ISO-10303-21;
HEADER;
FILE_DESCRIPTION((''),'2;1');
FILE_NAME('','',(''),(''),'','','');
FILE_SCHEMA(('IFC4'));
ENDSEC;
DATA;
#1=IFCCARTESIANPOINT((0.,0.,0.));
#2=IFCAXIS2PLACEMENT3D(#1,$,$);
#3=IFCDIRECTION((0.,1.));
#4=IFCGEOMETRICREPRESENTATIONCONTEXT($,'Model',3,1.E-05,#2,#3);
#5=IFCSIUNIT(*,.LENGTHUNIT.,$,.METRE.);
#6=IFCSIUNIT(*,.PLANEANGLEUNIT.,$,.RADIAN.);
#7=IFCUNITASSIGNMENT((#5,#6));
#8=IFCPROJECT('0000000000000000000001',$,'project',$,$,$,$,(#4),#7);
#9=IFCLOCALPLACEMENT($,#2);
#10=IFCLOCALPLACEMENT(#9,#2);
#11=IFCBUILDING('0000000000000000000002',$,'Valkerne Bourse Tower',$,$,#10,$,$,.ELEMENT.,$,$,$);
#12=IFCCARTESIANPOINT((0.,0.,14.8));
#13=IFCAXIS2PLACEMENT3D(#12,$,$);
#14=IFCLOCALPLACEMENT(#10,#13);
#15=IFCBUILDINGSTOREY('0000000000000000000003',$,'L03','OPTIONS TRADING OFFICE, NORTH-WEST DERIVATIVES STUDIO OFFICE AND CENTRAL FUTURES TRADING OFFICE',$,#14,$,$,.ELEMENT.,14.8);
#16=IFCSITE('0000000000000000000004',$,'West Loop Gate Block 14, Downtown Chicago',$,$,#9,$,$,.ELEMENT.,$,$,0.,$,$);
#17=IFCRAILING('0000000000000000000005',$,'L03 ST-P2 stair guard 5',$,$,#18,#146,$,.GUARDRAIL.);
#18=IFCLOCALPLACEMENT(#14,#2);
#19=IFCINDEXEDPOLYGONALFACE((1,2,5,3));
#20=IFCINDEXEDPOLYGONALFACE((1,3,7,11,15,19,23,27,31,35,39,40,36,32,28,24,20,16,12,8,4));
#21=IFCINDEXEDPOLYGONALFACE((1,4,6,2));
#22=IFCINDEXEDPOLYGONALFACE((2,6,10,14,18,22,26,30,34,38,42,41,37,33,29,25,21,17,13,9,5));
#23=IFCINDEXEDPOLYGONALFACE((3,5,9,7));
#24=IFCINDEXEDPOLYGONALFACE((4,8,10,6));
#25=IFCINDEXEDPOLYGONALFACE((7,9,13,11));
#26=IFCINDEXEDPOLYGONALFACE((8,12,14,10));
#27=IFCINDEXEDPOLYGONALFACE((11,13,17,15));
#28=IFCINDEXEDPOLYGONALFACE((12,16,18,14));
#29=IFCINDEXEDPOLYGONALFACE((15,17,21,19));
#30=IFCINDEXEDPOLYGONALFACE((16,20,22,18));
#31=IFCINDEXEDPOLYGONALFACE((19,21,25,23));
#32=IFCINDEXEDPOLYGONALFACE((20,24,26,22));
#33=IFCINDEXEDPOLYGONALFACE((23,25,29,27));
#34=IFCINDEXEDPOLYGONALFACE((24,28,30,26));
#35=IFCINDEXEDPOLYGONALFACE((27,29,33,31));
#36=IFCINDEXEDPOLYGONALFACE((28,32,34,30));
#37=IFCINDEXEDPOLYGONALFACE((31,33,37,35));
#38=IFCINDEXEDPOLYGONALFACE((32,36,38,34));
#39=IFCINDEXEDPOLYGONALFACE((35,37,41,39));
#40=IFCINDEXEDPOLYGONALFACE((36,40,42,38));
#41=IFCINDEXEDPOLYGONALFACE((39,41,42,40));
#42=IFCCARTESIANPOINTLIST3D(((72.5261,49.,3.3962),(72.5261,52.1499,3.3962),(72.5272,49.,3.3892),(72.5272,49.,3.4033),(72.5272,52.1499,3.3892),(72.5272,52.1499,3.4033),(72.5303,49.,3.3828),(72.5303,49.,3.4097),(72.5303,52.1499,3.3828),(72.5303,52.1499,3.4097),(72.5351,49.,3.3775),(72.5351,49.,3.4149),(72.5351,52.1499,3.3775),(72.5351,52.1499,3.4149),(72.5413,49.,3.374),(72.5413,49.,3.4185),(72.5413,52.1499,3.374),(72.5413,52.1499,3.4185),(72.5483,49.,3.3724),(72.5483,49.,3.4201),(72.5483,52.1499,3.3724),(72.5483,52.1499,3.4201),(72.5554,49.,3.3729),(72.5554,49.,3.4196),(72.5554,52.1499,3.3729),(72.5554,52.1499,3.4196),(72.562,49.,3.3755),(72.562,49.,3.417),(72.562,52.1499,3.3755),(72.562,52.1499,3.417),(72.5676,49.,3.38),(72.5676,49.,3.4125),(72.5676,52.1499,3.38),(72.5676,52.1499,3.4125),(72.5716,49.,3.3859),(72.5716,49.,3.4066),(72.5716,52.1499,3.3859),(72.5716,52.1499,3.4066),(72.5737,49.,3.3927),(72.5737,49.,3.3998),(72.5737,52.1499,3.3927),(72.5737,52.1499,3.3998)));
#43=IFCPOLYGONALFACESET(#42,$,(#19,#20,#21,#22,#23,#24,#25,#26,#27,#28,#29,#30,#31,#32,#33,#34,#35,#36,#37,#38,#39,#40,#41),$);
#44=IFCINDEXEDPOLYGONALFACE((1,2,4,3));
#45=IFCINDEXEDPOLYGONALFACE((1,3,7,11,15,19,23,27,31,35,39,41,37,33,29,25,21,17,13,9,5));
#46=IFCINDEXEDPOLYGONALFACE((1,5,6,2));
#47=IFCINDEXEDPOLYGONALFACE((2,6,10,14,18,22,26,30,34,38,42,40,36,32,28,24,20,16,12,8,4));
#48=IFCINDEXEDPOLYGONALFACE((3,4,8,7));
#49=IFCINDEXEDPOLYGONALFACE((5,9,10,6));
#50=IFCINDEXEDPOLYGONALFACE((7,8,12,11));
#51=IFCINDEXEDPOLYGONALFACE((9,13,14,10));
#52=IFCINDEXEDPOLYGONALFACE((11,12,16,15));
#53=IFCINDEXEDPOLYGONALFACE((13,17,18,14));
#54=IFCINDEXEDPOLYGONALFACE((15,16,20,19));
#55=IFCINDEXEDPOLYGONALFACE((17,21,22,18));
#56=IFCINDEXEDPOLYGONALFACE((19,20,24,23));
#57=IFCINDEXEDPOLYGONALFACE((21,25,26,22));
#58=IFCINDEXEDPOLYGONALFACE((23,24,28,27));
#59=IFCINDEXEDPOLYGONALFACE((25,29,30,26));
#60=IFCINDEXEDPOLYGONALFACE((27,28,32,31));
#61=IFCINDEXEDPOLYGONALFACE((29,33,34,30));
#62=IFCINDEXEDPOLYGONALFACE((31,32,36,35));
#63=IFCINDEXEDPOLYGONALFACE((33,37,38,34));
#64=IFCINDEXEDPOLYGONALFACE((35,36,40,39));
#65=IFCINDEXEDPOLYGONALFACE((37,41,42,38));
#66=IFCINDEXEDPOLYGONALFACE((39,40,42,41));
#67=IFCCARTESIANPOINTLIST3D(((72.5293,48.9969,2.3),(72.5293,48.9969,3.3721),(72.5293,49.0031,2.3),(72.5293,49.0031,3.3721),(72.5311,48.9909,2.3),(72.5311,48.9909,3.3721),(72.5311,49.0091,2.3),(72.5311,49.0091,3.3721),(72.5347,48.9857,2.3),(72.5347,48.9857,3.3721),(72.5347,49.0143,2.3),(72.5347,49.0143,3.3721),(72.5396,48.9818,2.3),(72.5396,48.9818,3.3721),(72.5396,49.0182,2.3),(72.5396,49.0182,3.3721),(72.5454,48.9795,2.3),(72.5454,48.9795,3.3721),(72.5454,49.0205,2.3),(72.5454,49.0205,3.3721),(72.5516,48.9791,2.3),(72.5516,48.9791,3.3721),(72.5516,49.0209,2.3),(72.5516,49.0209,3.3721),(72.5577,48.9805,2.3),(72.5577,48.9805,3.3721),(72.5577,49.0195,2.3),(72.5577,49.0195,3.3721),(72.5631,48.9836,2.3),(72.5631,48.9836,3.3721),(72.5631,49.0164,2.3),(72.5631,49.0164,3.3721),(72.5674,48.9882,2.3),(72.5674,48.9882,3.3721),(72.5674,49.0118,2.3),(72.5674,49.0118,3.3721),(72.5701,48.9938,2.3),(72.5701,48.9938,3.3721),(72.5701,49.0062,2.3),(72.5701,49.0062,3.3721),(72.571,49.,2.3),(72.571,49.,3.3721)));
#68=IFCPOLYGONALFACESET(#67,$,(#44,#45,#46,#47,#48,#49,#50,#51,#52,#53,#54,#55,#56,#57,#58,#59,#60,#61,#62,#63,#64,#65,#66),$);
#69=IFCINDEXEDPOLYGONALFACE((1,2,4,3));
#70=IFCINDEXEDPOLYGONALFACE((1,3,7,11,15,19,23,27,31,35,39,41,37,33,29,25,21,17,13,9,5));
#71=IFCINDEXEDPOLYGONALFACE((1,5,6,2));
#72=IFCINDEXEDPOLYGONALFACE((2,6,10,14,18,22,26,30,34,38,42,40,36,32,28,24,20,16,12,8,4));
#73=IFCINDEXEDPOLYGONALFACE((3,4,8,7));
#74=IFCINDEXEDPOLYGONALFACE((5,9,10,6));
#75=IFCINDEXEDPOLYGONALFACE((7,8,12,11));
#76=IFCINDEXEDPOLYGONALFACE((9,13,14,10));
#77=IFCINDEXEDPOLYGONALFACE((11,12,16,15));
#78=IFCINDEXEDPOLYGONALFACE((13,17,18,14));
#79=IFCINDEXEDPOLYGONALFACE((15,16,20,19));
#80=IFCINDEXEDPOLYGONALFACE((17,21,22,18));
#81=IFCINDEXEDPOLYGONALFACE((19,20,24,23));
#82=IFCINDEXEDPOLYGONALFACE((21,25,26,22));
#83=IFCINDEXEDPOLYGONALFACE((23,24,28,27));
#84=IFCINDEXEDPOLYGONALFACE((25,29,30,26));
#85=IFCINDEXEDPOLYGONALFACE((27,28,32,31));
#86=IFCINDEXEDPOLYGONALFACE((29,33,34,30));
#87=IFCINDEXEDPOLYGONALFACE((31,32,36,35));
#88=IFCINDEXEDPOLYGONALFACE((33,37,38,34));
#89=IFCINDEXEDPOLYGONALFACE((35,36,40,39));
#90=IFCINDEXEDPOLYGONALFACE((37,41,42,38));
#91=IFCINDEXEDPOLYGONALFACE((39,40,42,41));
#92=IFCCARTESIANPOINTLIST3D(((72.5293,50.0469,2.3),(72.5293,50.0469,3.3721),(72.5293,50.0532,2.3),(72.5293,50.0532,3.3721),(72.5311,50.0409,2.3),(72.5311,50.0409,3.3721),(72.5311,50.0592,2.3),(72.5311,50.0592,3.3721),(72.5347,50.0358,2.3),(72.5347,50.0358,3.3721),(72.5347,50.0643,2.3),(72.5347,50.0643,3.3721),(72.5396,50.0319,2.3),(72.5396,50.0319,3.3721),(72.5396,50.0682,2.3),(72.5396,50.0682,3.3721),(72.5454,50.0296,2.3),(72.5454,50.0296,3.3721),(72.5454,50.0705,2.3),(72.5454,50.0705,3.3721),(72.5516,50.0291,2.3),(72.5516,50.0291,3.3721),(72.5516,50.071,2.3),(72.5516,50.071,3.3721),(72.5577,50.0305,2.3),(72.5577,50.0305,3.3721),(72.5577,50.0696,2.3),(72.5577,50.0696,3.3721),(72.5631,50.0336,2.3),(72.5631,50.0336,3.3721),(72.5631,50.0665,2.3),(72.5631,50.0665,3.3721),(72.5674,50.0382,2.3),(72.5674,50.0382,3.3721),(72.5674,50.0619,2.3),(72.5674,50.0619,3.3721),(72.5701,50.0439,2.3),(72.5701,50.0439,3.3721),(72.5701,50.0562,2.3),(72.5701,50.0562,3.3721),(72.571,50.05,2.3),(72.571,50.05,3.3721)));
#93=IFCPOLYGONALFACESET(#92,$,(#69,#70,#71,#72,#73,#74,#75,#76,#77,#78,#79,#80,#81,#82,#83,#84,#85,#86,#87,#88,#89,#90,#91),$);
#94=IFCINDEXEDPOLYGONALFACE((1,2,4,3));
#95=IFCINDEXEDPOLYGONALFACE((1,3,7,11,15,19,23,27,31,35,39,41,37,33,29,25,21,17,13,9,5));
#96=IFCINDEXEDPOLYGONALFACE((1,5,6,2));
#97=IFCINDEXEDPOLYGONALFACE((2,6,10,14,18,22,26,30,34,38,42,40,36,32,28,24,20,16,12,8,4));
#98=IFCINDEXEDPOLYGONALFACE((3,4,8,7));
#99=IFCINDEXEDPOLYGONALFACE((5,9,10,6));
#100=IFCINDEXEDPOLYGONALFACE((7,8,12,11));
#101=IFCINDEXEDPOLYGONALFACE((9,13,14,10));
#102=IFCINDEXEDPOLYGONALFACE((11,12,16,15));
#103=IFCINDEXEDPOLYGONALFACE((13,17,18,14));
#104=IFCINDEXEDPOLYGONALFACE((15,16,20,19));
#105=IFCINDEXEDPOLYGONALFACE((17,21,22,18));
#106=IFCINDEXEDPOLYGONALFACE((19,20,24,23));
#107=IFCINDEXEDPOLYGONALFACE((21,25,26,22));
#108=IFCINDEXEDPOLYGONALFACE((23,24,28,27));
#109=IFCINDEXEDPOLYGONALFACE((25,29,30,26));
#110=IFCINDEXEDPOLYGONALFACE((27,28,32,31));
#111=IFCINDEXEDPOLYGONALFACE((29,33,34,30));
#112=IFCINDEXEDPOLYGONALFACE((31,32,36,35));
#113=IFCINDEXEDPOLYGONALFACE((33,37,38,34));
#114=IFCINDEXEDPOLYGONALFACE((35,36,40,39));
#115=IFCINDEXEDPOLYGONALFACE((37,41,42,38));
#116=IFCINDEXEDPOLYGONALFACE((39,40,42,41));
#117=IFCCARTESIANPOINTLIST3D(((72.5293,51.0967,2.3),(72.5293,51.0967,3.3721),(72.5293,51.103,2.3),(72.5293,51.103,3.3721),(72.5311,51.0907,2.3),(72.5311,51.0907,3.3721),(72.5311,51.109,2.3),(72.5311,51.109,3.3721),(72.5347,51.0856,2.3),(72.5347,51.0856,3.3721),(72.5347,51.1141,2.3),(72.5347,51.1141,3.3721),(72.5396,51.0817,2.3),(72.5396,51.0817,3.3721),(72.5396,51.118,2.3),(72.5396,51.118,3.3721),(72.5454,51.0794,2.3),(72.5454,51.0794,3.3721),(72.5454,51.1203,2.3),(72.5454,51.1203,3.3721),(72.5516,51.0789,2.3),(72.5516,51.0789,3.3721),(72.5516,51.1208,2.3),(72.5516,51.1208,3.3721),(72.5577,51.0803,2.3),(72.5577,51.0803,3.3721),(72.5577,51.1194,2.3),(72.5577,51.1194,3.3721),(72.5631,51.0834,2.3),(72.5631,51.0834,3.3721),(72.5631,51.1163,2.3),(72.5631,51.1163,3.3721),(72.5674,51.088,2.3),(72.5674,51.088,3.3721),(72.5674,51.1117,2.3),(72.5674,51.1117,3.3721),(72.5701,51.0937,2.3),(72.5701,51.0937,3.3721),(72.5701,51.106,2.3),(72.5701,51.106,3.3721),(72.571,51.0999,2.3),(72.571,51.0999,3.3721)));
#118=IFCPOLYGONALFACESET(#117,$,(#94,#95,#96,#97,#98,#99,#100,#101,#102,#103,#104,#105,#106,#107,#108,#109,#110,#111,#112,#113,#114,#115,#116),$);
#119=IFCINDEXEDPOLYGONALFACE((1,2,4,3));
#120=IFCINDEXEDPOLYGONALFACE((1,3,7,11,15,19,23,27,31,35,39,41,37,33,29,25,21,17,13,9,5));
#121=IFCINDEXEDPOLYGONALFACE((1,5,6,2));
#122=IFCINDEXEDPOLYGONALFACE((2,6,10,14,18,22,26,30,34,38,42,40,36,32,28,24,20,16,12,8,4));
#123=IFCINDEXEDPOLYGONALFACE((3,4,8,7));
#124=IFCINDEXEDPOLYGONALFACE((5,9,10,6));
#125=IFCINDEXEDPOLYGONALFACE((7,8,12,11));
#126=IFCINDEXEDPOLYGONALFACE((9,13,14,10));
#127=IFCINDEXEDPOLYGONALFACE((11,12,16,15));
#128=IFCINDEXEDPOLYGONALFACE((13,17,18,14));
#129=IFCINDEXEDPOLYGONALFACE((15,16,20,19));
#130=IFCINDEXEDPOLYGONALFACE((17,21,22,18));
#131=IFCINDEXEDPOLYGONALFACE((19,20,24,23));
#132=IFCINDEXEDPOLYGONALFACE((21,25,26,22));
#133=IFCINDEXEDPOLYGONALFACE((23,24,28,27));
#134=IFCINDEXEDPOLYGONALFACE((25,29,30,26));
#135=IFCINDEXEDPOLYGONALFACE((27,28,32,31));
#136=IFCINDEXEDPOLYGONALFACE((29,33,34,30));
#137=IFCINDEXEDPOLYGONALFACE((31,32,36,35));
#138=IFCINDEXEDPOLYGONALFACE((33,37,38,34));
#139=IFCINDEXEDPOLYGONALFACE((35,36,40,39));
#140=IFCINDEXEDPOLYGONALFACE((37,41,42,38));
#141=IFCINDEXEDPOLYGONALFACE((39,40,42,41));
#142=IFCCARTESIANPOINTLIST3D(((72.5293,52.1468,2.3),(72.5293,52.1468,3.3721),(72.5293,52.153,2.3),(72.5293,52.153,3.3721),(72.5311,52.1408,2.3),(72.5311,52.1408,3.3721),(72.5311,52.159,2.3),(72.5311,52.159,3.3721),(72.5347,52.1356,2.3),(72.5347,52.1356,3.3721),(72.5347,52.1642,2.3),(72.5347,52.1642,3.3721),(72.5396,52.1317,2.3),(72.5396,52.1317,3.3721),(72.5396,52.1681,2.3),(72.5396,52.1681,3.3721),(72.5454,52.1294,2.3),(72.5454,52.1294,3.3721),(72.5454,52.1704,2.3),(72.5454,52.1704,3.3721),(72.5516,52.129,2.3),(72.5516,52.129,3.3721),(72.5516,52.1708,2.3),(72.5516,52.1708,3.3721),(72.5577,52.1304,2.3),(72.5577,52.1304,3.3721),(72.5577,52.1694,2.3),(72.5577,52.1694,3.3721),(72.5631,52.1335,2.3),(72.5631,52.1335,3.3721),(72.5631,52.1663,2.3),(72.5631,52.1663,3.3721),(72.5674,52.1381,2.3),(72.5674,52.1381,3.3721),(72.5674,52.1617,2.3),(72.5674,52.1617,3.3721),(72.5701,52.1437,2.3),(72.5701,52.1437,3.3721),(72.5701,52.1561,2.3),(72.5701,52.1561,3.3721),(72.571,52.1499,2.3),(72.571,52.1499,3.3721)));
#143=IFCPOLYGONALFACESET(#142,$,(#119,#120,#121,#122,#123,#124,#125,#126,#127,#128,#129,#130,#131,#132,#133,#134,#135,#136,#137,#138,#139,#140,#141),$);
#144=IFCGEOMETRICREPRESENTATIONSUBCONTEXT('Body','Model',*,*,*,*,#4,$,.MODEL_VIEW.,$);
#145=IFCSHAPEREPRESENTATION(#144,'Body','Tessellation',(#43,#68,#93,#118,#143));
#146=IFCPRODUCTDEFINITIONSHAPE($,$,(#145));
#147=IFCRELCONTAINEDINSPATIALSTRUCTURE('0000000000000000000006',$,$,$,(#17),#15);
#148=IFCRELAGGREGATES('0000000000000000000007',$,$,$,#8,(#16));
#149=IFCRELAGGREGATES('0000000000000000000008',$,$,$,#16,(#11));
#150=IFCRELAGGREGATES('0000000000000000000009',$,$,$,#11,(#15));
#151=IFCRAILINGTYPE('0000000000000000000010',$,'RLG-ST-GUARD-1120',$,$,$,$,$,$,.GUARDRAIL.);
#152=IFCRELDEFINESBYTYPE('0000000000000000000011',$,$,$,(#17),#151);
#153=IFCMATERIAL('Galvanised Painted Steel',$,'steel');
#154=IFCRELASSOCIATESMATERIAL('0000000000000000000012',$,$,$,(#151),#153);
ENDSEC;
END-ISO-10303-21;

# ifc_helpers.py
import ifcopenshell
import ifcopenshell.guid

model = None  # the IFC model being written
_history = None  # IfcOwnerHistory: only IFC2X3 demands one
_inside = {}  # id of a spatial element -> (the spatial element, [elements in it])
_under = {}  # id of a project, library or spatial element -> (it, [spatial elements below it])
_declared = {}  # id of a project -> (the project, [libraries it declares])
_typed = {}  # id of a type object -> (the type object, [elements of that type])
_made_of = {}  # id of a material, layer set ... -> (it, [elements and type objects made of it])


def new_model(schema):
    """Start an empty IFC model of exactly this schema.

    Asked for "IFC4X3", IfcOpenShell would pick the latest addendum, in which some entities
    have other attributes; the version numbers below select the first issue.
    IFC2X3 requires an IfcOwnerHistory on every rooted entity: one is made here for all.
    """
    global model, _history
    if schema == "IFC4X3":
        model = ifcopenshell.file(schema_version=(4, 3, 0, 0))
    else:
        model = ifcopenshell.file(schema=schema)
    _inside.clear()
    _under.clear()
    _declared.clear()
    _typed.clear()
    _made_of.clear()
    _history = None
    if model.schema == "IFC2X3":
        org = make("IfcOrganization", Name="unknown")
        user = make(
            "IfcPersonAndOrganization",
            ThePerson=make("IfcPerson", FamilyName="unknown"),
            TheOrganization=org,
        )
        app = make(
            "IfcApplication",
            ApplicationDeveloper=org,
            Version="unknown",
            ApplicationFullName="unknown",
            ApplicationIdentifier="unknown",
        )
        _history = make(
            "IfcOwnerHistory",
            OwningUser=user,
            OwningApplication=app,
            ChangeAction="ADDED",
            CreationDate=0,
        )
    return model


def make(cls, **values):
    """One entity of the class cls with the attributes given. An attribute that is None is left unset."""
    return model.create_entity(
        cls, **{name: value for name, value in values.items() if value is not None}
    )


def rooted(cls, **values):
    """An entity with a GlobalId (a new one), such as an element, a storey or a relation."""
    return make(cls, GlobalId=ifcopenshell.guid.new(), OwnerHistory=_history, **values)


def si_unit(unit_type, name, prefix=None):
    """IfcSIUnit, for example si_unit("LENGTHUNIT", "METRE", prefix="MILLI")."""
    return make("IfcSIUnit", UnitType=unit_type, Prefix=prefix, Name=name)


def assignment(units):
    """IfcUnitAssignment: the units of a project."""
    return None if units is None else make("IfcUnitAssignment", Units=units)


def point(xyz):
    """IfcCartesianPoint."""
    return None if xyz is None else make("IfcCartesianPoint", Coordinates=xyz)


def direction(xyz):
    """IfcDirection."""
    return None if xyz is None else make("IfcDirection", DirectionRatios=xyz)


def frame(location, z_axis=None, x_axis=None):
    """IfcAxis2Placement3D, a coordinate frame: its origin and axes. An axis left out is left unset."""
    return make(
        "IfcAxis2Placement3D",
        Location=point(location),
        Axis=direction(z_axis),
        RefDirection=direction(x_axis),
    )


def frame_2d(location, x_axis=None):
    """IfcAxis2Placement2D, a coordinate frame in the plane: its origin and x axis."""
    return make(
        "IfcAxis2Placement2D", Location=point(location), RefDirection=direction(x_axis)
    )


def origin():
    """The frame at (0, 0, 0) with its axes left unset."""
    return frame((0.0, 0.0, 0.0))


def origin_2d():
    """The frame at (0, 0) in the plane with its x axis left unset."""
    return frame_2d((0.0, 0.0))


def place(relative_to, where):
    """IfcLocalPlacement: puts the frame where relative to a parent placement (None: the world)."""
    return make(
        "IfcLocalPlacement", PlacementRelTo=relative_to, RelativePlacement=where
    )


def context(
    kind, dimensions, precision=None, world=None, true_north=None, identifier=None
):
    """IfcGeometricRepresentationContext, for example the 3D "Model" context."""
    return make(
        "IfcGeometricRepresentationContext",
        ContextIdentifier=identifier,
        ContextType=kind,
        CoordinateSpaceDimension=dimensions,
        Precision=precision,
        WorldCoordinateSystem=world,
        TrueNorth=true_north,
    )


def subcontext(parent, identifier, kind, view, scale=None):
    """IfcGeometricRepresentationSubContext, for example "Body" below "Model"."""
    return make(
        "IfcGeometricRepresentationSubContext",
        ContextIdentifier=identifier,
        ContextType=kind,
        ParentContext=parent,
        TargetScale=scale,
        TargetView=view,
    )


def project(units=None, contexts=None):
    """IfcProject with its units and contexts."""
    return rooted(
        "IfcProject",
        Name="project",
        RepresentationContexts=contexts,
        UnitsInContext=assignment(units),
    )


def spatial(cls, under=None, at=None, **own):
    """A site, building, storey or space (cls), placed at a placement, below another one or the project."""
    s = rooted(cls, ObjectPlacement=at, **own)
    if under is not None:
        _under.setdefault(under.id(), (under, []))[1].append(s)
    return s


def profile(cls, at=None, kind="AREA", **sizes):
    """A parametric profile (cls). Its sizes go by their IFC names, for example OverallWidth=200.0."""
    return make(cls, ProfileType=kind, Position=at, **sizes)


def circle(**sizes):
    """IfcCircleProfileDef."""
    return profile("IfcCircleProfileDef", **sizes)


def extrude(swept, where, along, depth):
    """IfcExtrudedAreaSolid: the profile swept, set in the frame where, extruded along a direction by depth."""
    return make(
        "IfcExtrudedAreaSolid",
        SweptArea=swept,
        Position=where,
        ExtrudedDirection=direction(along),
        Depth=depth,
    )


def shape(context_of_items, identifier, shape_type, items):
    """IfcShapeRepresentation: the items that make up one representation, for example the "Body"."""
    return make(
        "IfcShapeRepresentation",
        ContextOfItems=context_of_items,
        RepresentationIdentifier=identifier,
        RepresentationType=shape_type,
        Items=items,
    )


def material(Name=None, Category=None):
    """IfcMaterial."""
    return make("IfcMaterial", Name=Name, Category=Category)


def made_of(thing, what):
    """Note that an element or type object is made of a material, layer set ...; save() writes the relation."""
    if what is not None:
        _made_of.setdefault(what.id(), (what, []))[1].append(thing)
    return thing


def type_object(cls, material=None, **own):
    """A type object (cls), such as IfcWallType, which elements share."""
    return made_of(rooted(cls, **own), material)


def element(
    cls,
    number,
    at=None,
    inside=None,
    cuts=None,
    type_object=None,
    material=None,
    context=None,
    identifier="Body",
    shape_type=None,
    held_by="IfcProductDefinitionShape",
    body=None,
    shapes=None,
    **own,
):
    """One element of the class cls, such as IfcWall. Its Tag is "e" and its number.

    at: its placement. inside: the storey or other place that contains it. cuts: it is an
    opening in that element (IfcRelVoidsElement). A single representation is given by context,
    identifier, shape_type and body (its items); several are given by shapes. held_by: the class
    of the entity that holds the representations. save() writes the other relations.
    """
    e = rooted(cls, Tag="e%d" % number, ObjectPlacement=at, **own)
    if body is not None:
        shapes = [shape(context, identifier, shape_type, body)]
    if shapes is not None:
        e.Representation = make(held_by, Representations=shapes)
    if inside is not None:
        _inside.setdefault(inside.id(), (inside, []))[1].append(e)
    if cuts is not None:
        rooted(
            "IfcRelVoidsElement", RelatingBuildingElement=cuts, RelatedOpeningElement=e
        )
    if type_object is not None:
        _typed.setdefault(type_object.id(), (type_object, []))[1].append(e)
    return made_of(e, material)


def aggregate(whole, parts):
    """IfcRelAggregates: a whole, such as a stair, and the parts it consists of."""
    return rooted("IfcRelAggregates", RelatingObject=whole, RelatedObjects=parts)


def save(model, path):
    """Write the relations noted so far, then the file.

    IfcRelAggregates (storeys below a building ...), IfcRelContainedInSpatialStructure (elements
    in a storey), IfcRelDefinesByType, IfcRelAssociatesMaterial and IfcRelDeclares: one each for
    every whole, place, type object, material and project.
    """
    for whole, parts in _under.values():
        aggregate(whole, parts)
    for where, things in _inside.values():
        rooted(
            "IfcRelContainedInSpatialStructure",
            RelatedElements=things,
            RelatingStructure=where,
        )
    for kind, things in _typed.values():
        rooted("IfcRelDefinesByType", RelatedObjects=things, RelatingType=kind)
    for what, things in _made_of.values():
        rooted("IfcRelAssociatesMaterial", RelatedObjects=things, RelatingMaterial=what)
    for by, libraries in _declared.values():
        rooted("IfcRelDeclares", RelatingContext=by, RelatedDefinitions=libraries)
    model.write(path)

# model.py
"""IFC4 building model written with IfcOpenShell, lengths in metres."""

from ifc_helpers import new_model, si_unit, direction, frame, origin, origin_2d, place, context, subcontext, project, spatial, circle, extrude, material, type_object, element, save


model = new_model("IFC4")

# Units and contexts
model_context = context("Model", 3, precision=1e-05, world=origin(), true_north=direction((0.0, 1.0)))
body_context = subcontext(model_context, "Body", "Model", "MODEL_VIEW")
ifc_project = project(units=[si_unit("LENGTHUNIT", "METRE"), si_unit("PLANEANGLEUNIT", "RADIAN")], contexts=[model_context])

# Site, building, storey
site_placement = place(None, origin())
site = spatial("IfcSite", under=ifc_project, at=site_placement, Name="West Loop Gate Block 14, Downtown Chicago", CompositionType="ELEMENT", RefElevation=0.0)
building_placement = place(site_placement, origin())
building = spatial("IfcBuilding", under=site, at=building_placement, Name="Valkerne Bourse Tower", CompositionType="ELEMENT")
storey_placement = place(building_placement, frame((0.0, 0.0, 14.8)))
storey = spatial("IfcBuildingStorey", under=building, at=storey_placement, Name="L03", Description="OPTIONS TRADING OFFICE, NORTH-WEST DERIVATIVES STUDIO OFFICE AND CENTRAL FUTURES TRADING OFFICE", CompositionType="ELEMENT", Elevation=14.8)

# Railing
ifc_material_1 = material(Name="Galvanised Painted Steel", Category="steel")
railing_type_1 = type_object("IfcRailingType", Name="RLG-ST-GUARD-1120", PredefinedType="GUARDRAIL", material=ifc_material_1)
railing_1_placement = place(storey_placement, frame((72.55, 49.0, 2.3)))
element("IfcRailing", 1, at=railing_1_placement, inside=storey, type_object=railing_type_1, Name="L03 ST-P2 stair guard 5", PredefinedType="GUARDRAIL", context=body_context, shape_type="SweptSolid", body=[
    extrude(circle(Radius=0.0239, at=origin_2d()), frame((0.0, 0.0, 1.0962), z_axis=(0.0, 1.0, 0.0), x_axis=(-1.0, 0.0, 0.0)), (0.0, 0.0, 1.0), 3.1499),
    extrude(circle(Radius=0.021, at=origin_2d()), origin(), (0.0, 0.0, 1.0), 1.072),
    extrude(circle(Radius=0.021, at=origin_2d()), frame((0.0, 1.05, 0.0)), (0.0, 0.0, 1.0), 1.072),
    extrude(circle(Radius=0.021, at=origin_2d()), frame((0.0, 2.0999, 0.0)), (0.0, 0.0, 1.0), 1.072),
    extrude(circle(Radius=0.021, at=origin_2d()), frame((0.0, 3.1499, 0.0)), (0.0, 0.0, 1.0), 1.072),
])

save(model, "model.ifc")
